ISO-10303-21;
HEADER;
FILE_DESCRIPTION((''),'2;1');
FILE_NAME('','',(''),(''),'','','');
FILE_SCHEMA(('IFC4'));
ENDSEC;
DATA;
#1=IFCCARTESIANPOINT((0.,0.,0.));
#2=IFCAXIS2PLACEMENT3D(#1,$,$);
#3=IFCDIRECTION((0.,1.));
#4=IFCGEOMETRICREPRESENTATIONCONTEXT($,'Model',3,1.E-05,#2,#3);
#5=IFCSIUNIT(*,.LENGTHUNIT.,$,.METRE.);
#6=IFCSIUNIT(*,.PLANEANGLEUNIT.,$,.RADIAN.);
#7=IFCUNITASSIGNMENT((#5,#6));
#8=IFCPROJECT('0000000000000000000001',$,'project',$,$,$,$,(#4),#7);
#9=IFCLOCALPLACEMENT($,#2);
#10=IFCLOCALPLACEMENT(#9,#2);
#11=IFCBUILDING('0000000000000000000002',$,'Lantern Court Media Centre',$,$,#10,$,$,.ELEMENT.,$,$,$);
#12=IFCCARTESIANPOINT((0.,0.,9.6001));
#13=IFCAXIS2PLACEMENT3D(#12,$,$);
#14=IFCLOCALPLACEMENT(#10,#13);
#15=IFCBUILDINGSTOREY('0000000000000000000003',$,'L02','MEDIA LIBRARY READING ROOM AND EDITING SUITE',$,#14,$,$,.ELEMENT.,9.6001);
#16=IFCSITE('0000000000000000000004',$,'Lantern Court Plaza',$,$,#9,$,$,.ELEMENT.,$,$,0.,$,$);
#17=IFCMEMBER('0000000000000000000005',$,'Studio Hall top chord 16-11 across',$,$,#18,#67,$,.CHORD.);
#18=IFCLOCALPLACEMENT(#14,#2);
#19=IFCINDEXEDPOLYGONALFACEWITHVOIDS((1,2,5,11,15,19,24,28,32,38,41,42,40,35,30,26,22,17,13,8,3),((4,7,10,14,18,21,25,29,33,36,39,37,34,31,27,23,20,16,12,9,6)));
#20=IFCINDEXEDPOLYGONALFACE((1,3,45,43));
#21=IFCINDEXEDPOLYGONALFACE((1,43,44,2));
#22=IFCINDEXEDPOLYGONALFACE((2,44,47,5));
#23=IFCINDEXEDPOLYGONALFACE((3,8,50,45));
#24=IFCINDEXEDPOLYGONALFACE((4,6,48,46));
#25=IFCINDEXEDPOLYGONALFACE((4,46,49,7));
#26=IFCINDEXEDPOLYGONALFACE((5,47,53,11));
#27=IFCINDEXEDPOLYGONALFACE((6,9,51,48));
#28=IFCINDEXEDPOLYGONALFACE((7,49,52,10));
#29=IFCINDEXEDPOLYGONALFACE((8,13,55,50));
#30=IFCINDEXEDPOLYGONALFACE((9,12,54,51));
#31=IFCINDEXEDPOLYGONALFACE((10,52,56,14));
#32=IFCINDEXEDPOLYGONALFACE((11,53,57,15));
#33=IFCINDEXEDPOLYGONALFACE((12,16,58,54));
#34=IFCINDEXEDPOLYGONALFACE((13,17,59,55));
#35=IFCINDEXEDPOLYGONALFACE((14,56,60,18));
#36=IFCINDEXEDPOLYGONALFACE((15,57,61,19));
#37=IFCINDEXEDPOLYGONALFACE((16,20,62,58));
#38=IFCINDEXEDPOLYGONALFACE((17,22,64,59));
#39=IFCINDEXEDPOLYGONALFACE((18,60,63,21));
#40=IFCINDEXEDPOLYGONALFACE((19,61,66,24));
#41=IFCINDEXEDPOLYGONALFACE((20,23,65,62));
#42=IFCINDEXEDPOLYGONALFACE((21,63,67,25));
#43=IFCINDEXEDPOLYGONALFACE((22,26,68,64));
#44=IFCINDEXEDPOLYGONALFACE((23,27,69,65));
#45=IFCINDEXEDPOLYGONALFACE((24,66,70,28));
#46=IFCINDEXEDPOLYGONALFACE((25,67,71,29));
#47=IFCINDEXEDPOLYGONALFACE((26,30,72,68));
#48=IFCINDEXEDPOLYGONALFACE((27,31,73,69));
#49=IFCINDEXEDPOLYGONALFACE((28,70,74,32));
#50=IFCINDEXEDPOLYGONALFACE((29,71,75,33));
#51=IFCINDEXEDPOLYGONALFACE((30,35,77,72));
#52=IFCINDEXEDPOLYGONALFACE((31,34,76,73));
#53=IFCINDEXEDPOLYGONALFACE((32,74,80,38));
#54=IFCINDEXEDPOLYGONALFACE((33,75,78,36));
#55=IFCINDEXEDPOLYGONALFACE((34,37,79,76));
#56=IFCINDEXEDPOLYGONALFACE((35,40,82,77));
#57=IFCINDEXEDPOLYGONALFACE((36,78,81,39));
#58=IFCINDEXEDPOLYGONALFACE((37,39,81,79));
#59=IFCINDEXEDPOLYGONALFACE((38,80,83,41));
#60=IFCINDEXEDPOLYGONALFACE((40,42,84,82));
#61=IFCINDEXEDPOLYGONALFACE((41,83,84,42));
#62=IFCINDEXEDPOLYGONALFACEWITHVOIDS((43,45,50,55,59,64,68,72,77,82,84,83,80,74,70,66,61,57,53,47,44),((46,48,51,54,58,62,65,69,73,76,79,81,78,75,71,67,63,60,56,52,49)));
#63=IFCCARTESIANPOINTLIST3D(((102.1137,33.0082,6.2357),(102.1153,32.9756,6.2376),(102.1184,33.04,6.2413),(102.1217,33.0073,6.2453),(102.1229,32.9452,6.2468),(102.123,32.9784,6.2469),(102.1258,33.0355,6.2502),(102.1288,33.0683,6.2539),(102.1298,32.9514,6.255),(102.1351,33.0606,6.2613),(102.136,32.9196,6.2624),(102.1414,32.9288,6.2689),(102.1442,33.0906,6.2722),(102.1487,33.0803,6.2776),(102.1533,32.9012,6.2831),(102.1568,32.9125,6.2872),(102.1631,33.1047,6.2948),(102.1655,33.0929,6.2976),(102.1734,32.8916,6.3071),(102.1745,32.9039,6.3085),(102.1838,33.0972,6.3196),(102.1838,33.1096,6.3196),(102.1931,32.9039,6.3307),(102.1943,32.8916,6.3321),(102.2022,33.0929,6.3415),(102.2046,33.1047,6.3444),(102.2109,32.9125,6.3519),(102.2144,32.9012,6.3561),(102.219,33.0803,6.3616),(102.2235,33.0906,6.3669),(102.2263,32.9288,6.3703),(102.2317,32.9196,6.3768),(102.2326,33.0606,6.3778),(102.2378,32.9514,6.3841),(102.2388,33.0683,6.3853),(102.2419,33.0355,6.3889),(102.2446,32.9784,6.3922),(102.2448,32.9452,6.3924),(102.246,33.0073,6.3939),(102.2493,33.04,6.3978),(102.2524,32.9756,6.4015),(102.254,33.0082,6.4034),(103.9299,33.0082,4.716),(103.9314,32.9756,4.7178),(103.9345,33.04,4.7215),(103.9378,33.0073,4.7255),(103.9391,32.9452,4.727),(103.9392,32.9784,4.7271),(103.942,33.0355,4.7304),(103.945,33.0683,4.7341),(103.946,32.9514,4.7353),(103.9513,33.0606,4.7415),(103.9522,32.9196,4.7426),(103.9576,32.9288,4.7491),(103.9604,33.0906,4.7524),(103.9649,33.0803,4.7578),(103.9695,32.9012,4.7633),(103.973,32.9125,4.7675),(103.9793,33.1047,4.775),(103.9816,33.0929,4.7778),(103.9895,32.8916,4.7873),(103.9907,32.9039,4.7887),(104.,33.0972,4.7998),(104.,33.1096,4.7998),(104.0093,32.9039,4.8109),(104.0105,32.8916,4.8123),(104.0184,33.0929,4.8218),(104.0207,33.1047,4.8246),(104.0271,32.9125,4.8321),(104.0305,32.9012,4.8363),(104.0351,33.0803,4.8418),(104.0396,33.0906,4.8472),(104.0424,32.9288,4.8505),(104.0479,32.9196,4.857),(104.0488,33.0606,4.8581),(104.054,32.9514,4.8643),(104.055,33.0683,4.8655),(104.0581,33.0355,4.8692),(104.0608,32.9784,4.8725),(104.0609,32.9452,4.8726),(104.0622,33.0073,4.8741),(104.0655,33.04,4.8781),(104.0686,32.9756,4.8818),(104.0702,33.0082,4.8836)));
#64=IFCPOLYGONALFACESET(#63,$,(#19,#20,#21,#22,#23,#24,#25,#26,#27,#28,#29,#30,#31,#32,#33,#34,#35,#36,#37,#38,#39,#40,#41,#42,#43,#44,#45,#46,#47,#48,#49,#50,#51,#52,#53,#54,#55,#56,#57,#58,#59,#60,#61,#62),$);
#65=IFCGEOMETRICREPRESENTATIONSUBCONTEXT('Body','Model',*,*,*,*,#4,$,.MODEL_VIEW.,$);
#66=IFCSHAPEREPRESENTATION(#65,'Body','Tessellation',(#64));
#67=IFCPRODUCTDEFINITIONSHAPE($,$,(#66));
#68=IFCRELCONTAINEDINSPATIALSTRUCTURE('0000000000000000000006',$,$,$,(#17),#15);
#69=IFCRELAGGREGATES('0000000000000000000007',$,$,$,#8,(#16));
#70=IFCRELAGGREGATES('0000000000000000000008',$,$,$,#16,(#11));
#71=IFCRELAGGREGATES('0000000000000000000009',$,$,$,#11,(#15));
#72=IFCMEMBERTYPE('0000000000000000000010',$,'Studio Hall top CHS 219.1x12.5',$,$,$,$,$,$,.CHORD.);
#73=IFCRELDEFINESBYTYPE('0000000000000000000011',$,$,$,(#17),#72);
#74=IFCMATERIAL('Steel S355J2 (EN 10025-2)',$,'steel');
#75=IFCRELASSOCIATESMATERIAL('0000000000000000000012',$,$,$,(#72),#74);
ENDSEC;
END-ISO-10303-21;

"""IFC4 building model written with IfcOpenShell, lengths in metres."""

from ifc_helpers import new_model, si_unit, direction, frame, origin, origin_2d, place, context, subcontext, project, spatial, hollow_circle, extrude, material, material_profile, profile_set, type_object, element, save


model = new_model("IFC4")

# Units and contexts
model_context = context("Model", 3, precision=1e-05, world=origin(), true_north=direction((0.0, 1.0)))
body_context = subcontext(model_context, "Body", "Model", "MODEL_VIEW")
ifc_project = project(units=[si_unit("LENGTHUNIT", "METRE"), si_unit("PLANEANGLEUNIT", "RADIAN")], contexts=[model_context])

# Site, building, storey
site_placement = place(None, origin())
site = spatial("IfcSite", under=ifc_project, at=site_placement, Name="Lantern Court Plaza", CompositionType="ELEMENT", RefElevation=0.0)
building_placement = place(site_placement, origin())
building = spatial("IfcBuilding", under=site, at=building_placement, Name="Lantern Court Media Centre", CompositionType="ELEMENT")
storey_placement = place(building_placement, frame((0.0, 0.0, 9.6001)))
storey = spatial("IfcBuildingStorey", under=building, at=storey_placement, Name="L02", Description="MEDIA LIBRARY READING ROOM AND EDITING SUITE", CompositionType="ELEMENT", Elevation=9.6001)

# Member
ifc_material = material(Name="Steel S355J2 (EN 10025-2)", Category="steel")
ifc_material_profile_1 = material_profile(ifc_material, hollow_circle(Radius=0.1096, WallThickness=0.0125, at=origin_2d()), Name="Studio Hall top CHS 219.1x12.5")
ifc_profile_set_1 = profile_set([ifc_material_profile_1], Name="Steel S355J2 (EN 10025-2)")
member_type_1 = type_object("IfcMemberType", Name="Studio Hall top CHS 219.1x12.5", PredefinedType="CHORD", material=ifc_profile_set_1)
for number, where, z_axis, x_axis, name in (
    (1, (102.1838, 33.0, 6.3196), (0.76691, 0.0, -0.641755), (0.0, 1.0, 0.0), "Studio Hall top chord 16-11 across"),
):
    element("IfcMember", number, at=place(storey_placement, frame(where, z_axis=z_axis, x_axis=x_axis)), inside=storey, type_object=member_type_1, Name=name, PredefinedType="CHORD", context=body_context, shape_type="SweptSolid", body=[
        extrude(hollow_circle(Radius=0.1096, WallThickness=0.0125, at=origin_2d()), origin(), (0.0, 0.0, 1.0), 2.3682),
    ])

save(model, "model.ifc")
